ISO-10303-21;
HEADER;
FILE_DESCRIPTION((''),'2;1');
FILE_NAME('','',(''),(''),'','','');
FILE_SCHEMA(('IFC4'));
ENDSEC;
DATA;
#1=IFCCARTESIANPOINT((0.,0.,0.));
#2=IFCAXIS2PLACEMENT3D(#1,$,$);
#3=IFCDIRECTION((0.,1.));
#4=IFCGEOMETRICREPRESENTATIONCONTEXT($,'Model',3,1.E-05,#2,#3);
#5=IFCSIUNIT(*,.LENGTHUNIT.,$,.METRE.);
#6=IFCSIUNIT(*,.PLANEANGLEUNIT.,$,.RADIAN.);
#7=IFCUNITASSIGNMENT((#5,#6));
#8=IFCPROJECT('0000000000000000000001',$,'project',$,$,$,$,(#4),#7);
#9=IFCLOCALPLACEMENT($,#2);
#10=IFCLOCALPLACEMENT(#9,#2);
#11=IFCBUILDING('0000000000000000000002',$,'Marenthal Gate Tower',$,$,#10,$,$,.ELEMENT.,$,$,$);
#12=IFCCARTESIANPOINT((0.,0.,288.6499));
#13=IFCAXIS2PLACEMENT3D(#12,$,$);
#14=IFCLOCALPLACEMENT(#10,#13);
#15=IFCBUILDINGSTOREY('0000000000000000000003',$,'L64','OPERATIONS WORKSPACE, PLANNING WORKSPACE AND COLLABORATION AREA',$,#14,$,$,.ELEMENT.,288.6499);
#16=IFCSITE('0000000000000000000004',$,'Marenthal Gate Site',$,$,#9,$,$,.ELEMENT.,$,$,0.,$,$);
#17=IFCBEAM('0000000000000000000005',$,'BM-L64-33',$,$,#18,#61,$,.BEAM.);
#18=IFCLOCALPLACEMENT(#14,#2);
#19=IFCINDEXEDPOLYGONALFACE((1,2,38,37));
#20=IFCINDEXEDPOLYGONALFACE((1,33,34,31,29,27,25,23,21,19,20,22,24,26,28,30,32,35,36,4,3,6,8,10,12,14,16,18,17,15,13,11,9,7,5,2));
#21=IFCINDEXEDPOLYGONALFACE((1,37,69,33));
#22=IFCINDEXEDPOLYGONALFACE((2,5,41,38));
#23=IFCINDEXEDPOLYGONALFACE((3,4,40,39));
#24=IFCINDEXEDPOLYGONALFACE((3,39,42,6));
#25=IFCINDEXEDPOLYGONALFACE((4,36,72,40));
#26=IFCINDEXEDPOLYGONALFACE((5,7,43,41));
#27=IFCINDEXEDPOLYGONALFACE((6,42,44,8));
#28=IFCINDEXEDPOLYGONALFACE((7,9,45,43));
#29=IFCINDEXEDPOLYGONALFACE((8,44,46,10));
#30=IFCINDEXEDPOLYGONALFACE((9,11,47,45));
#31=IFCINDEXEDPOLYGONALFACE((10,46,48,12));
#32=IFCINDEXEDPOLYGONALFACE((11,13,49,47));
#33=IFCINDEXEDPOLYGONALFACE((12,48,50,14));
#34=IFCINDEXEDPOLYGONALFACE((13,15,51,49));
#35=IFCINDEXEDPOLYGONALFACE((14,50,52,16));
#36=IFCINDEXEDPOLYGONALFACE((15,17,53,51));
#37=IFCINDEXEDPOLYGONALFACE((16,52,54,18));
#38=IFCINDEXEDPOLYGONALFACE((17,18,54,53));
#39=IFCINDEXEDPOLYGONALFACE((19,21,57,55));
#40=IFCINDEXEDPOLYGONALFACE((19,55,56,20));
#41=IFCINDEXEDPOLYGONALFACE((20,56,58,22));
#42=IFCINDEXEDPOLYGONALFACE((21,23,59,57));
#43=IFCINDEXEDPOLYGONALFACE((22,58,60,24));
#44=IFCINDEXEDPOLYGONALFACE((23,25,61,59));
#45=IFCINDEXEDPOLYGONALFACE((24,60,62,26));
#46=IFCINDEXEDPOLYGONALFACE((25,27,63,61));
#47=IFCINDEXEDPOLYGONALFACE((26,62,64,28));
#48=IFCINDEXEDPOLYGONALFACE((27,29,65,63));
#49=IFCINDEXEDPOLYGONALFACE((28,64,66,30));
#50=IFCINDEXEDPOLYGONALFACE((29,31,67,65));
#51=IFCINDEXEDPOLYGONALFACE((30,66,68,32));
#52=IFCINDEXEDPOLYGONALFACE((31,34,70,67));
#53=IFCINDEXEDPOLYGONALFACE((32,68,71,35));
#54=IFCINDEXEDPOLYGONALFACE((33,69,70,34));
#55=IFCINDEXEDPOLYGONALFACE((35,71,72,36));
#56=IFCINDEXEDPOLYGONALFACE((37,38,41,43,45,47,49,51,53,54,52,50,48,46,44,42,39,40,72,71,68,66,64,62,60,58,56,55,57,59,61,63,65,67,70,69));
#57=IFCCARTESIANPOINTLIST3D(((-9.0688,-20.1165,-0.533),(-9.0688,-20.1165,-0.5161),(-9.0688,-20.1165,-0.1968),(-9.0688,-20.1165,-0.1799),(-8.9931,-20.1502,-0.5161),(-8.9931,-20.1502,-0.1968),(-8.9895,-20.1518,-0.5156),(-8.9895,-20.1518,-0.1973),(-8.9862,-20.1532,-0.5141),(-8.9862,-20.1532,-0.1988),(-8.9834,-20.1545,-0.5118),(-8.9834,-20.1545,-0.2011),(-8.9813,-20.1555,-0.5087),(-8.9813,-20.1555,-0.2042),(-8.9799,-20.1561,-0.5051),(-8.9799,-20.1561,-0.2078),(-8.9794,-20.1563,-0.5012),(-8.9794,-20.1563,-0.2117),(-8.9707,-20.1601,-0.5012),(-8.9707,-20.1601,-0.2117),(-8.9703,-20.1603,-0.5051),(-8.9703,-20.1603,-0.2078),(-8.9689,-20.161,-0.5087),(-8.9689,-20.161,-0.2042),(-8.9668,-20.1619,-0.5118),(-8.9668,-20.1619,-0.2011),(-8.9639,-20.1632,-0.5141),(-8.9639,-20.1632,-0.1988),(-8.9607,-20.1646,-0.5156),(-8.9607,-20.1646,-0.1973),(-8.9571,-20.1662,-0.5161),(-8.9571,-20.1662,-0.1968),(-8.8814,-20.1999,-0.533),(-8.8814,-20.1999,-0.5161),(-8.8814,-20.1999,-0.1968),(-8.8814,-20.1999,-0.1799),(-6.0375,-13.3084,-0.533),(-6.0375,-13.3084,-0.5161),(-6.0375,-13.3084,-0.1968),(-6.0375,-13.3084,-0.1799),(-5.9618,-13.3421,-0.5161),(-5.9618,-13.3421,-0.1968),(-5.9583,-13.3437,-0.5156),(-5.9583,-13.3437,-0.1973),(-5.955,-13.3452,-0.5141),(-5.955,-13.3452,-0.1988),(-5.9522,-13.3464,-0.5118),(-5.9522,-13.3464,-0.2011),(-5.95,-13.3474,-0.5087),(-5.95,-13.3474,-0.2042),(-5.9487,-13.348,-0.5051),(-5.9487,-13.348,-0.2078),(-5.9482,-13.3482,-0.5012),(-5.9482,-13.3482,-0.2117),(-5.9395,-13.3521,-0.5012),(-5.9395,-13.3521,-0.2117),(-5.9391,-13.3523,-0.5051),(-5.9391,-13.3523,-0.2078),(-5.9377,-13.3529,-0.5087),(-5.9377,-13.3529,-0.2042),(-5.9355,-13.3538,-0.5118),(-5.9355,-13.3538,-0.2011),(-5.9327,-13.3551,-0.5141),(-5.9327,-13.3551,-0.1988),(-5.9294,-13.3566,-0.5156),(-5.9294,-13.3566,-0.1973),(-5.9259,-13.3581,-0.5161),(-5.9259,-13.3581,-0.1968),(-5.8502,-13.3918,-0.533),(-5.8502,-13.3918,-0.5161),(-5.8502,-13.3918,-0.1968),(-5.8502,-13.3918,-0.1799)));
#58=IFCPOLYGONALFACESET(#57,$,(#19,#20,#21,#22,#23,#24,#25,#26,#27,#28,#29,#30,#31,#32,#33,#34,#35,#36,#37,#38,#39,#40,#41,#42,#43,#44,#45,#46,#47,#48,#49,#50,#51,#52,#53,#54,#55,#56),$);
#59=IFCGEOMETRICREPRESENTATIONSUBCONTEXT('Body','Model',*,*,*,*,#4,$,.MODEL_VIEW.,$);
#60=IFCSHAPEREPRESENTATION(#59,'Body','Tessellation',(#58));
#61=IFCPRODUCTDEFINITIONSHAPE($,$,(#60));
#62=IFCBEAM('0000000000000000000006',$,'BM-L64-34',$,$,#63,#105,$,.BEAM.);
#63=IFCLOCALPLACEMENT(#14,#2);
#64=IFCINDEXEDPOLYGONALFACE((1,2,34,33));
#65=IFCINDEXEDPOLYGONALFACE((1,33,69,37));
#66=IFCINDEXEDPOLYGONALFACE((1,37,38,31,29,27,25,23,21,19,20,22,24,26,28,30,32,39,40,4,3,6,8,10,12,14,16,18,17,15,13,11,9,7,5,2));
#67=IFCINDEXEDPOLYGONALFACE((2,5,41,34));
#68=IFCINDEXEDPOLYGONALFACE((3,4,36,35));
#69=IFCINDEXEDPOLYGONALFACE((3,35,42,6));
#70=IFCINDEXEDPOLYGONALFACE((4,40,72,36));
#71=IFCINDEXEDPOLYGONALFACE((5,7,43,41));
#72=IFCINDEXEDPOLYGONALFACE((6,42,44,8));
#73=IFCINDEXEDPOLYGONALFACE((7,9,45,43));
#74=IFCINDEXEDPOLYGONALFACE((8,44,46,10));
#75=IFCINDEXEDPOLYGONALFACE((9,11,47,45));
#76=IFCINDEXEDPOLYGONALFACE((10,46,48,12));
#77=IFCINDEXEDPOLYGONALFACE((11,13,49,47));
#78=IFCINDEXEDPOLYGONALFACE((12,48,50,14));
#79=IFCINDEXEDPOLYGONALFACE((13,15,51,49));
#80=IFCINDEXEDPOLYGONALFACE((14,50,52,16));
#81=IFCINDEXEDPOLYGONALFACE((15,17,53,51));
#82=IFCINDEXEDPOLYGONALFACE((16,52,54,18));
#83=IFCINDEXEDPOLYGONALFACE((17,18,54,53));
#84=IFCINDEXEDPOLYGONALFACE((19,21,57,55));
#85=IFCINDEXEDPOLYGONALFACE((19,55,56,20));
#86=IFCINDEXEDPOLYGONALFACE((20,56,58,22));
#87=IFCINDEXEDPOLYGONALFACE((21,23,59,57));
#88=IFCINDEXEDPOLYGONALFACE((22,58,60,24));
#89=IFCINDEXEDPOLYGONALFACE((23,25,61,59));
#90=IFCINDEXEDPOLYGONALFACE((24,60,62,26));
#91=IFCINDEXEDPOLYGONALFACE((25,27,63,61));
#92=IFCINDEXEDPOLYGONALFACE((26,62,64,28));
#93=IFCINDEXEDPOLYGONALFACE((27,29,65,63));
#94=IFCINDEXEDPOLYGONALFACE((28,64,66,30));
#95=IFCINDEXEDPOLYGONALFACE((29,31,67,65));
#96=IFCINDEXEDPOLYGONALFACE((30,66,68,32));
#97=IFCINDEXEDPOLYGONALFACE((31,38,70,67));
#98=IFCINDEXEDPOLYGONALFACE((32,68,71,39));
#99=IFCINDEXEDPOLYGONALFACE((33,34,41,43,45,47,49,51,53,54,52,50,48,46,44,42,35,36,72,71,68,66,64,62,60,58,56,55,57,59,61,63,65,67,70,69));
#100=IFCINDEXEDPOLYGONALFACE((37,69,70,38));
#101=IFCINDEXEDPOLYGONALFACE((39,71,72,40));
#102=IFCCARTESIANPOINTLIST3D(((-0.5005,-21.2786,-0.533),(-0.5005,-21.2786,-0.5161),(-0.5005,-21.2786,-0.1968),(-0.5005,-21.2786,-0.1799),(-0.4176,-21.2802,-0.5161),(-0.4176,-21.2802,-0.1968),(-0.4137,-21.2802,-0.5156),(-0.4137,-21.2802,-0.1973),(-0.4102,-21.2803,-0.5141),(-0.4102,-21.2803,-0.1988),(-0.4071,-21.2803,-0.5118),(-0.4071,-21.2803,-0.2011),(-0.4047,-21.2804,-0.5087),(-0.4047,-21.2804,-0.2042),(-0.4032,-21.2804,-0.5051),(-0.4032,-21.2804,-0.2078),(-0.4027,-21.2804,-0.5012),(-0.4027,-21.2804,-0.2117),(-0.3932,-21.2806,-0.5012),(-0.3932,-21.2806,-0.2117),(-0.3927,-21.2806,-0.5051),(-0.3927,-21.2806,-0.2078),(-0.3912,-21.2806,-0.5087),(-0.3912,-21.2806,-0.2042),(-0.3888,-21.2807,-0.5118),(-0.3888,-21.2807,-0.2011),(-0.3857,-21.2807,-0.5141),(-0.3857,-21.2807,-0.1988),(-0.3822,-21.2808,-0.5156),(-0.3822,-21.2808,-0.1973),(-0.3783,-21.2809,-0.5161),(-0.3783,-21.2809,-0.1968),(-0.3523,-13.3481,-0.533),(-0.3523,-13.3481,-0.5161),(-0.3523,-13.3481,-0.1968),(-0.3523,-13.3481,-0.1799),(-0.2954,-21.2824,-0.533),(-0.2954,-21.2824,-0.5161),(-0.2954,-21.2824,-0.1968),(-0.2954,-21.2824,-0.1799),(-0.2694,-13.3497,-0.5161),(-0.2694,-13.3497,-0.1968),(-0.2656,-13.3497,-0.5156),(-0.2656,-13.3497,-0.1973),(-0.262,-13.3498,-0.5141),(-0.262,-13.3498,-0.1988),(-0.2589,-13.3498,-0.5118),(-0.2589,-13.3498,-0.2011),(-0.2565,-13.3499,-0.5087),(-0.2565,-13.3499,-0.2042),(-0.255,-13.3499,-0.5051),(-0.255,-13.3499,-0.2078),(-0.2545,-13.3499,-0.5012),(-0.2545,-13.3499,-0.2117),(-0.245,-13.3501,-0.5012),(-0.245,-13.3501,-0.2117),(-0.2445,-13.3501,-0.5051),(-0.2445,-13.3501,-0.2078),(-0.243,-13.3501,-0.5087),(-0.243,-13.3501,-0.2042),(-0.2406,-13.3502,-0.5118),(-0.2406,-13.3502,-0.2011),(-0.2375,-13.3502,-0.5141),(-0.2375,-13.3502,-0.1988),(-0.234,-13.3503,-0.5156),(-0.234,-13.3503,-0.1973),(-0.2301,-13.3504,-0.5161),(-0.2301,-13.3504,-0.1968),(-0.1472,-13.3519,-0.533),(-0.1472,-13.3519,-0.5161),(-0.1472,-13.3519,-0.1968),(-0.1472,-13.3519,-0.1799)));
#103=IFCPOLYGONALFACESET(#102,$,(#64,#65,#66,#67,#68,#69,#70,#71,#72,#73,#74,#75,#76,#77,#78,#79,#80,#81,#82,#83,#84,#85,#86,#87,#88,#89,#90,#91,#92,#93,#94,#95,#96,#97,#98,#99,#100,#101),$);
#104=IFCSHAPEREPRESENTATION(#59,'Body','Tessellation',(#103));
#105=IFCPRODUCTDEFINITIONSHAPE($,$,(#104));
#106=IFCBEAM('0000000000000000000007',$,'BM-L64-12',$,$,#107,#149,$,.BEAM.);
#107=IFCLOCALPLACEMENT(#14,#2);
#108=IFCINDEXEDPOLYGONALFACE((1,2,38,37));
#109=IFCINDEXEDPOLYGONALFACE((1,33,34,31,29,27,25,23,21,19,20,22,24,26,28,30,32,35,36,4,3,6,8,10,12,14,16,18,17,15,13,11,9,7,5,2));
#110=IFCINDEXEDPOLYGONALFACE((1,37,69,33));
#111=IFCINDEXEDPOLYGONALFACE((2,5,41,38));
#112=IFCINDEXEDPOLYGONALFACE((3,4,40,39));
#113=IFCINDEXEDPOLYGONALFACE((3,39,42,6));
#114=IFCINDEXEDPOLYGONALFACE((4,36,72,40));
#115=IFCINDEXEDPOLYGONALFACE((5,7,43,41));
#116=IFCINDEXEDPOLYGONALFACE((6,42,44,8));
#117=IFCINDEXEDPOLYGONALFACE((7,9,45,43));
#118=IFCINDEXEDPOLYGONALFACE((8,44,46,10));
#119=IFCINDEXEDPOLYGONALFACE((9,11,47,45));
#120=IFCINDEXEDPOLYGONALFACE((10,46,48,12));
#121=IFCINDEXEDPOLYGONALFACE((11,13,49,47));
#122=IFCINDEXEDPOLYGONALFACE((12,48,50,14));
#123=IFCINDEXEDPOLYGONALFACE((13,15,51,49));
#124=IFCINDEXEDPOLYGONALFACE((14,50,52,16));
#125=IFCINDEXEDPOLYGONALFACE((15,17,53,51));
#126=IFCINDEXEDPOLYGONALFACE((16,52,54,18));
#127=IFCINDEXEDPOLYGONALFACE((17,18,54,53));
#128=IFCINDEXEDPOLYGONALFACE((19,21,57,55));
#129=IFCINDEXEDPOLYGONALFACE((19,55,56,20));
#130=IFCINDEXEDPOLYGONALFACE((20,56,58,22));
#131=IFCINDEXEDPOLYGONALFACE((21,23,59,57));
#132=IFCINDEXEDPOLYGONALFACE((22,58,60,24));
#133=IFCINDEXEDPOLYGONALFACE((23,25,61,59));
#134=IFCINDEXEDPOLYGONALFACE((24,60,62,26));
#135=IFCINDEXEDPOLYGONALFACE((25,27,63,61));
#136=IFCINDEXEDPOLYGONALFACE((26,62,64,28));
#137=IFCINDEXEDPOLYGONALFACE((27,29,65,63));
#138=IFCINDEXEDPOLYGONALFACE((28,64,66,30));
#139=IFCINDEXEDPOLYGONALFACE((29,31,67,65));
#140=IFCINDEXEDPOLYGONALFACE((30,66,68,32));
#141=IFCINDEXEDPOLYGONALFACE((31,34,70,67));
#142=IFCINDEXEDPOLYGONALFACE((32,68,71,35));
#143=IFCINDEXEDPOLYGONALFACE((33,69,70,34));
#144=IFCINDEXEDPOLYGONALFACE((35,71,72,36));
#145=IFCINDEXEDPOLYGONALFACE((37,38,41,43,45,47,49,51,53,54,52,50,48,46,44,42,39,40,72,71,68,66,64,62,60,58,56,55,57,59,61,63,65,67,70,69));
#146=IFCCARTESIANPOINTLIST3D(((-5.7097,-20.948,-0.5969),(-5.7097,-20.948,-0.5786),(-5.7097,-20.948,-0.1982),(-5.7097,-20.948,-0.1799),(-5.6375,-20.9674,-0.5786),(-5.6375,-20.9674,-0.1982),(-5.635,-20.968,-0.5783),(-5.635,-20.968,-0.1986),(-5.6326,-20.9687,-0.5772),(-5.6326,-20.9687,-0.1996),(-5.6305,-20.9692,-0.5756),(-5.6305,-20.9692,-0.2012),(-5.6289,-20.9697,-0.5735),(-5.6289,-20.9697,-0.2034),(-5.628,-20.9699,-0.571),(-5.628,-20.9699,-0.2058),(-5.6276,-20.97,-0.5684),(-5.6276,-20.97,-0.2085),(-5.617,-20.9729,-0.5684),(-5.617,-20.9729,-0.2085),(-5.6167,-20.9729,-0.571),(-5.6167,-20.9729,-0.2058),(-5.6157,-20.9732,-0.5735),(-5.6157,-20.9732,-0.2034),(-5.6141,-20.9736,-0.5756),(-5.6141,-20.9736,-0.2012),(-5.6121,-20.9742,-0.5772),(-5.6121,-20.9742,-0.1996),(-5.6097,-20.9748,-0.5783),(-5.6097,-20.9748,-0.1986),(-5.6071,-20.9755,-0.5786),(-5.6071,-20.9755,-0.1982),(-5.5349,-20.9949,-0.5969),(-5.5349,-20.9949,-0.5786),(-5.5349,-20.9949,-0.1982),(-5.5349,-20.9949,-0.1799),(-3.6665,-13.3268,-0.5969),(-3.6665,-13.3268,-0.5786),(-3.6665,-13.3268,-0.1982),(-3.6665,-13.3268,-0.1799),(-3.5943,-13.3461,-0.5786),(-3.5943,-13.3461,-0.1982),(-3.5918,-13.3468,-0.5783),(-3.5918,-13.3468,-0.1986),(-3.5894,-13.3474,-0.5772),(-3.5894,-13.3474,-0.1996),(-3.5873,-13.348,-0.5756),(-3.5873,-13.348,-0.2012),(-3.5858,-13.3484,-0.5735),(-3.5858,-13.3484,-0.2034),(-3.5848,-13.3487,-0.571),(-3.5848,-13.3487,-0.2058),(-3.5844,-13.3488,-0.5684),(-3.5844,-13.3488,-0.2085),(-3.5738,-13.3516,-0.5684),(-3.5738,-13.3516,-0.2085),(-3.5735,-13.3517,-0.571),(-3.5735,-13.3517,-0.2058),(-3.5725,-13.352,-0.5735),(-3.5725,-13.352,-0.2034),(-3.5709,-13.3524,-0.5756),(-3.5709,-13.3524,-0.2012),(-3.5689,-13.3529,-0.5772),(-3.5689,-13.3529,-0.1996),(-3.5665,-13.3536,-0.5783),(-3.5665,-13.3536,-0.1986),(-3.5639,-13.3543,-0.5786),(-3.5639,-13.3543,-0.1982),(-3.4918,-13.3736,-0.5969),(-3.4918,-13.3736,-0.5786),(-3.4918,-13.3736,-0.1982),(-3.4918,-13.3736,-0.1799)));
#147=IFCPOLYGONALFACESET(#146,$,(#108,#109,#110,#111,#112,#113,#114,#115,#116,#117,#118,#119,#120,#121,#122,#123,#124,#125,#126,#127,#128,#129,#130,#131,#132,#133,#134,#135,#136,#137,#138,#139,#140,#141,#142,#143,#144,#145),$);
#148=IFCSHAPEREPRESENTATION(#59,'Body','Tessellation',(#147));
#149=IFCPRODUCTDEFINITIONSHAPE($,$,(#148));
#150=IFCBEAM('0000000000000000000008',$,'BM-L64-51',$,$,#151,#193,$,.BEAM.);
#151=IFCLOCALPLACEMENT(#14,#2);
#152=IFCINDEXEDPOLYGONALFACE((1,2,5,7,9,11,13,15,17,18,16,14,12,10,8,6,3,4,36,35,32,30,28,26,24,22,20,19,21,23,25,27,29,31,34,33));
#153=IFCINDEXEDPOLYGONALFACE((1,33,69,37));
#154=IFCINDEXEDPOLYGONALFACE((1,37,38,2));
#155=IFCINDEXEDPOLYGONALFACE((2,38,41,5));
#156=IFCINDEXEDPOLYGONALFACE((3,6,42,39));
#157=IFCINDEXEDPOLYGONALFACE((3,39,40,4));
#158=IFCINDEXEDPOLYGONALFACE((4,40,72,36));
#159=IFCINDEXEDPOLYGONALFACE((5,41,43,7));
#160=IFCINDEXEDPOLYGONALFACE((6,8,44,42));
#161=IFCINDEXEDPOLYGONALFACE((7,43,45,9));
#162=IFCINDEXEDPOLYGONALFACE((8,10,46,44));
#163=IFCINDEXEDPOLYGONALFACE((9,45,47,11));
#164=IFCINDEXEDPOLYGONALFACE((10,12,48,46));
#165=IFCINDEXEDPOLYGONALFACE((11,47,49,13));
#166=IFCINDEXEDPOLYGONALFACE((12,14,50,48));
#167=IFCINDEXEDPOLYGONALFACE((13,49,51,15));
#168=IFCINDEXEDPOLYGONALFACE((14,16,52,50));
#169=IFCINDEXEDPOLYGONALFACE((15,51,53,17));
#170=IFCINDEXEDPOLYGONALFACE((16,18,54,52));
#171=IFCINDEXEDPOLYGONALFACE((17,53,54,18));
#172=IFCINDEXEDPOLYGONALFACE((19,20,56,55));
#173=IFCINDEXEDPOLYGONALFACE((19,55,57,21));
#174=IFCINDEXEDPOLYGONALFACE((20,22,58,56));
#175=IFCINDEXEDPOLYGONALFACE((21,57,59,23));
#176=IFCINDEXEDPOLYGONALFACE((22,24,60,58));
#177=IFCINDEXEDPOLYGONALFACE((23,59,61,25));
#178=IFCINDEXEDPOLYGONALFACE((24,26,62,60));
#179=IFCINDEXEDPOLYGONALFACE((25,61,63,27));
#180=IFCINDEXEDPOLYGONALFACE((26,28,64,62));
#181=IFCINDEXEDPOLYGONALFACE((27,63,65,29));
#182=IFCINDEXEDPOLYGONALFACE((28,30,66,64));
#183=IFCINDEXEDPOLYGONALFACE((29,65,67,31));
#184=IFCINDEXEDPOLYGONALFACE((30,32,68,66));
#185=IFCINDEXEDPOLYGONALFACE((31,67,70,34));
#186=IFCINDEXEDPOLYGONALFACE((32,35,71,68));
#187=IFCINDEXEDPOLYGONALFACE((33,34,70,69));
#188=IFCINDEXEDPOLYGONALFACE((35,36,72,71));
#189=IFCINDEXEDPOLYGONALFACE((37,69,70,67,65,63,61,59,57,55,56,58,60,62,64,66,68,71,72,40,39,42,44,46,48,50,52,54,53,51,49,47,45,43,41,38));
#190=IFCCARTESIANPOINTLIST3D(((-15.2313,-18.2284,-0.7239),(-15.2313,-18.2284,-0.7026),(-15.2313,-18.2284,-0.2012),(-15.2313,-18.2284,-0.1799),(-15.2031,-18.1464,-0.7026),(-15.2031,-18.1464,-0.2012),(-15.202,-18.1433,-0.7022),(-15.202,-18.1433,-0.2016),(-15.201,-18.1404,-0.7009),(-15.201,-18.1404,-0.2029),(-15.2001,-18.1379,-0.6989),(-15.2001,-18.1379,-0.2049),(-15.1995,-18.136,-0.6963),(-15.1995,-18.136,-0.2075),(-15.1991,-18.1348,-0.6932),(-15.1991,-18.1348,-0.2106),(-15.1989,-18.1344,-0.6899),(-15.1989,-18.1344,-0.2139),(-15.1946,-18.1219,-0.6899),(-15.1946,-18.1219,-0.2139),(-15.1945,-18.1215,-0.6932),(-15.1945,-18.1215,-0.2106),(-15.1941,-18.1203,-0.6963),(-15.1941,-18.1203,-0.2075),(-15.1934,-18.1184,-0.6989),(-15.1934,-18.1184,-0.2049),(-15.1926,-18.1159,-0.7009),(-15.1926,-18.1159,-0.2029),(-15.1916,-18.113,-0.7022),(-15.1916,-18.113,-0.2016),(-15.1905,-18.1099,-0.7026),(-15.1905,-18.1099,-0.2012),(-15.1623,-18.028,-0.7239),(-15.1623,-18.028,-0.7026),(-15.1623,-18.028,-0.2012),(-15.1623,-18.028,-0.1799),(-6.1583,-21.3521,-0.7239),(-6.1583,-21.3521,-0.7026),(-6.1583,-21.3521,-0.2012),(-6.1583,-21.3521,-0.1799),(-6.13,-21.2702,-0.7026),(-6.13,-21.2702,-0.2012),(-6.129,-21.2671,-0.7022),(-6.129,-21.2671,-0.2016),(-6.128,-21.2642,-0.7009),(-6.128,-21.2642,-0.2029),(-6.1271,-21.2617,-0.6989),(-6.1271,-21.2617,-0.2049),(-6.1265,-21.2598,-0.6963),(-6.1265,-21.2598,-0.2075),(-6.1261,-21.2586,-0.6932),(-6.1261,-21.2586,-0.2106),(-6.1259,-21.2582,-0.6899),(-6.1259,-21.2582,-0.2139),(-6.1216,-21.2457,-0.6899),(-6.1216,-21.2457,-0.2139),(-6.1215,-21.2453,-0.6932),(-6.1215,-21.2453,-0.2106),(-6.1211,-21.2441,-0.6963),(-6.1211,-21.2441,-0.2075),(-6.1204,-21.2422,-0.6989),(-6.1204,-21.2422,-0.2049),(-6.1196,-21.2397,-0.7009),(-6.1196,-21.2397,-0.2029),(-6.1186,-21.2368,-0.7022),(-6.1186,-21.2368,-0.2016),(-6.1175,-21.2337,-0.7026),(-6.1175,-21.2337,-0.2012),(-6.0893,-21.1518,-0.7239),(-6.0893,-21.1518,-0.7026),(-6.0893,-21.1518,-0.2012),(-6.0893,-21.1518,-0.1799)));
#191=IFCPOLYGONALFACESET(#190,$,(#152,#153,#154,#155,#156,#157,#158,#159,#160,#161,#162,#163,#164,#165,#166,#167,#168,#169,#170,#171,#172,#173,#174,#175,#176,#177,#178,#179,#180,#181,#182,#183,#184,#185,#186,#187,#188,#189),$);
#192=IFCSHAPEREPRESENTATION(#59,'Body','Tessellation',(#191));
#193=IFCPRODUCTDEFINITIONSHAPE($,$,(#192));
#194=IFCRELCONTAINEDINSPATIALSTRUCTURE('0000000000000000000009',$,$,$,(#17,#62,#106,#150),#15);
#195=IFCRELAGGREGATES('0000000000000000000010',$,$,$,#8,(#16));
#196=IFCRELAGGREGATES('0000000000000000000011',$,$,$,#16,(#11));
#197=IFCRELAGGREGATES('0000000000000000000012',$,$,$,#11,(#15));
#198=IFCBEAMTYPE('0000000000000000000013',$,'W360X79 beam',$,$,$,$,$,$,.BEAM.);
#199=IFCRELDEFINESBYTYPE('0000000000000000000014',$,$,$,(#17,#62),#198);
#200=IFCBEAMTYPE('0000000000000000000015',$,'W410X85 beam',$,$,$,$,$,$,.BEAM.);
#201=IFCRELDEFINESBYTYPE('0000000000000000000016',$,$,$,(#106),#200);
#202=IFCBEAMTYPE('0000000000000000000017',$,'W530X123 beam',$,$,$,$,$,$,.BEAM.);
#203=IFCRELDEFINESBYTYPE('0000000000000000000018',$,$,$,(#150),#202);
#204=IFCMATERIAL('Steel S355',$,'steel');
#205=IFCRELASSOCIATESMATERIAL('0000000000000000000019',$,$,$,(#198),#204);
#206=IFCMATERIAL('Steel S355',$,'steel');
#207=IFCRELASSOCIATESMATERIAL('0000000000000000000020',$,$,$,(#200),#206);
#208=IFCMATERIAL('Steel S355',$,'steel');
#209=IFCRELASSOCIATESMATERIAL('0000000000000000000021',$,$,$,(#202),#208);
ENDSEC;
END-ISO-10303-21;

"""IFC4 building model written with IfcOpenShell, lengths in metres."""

from ifc_helpers import new_model, si_unit, direction, frame, origin, origin_2d, place, context, subcontext, project, spatial, i_section, extrude, material, material_profile, profile_set, type_object, element, save


model = new_model("IFC4")

# Units and contexts
model_context = context("Model", 3, precision=1e-05, world=origin(), true_north=direction((0.0, 1.0)))
body_context = subcontext(model_context, "Body", "Model", "MODEL_VIEW")
ifc_project = project(units=[si_unit("LENGTHUNIT", "METRE"), si_unit("PLANEANGLEUNIT", "RADIAN")], contexts=[model_context])

# Site, building, storey
site_placement = place(None, origin())
site = spatial("IfcSite", under=ifc_project, at=site_placement, Name="Marenthal Gate Site", CompositionType="ELEMENT", RefElevation=0.0)
building_placement = place(site_placement, origin())
building = spatial("IfcBuilding", under=site, at=building_placement, Name="Marenthal Gate Tower", CompositionType="ELEMENT")
storey_placement = place(building_placement, frame((0.0, 0.0, 288.6499)))
storey = spatial("IfcBuildingStorey", under=building, at=storey_placement, Name="L64", Description="OPERATIONS WORKSPACE, PLANNING WORKSPACE AND COLLABORATION AREA", CompositionType="ELEMENT", Elevation=288.6499)

# Beams
ifc_material_1 = material(Name="Steel S355", Category="steel")
ifc_material_profile_1 = material_profile(ifc_material_1, i_section(OverallWidth=0.2051, OverallDepth=0.353, WebThickness=0.0095, FlangeThickness=0.0168, FilletRadius=0.0149, at=origin_2d()), Name="W360X79")
ifc_profile_set_1 = profile_set([ifc_material_profile_1], Name="Steel S355")
beam_type_1 = type_object("IfcBeamType", Name="W360X79 beam", PredefinedType="BEAM", material=ifc_profile_set_1)
beam_1_placement = place(storey_placement, frame((-8.9751, -20.1582, -0.3564), z_axis=(0.406746, 0.913541, 0.0), x_axis=(-0.913541, 0.406746, 0.0)))
element("IfcBeam", 1, at=beam_1_placement, inside=storey, type_object=beam_type_1, Name="BM-L64-33", PredefinedType="BEAM", context=body_context, shape_type="SweptSolid", body=[
    extrude(i_section(OverallWidth=0.2051, OverallDepth=0.353, WebThickness=0.0095, FlangeThickness=0.0168, FilletRadius=0.0149, at=origin_2d()), origin(), (0.0, 0.0, 1.0), 7.4524),
])
beam_2_placement = place(storey_placement, frame((-0.3979, -21.2805, -0.3564), z_axis=(0.018683, 0.999825, 0.0), x_axis=(-0.999825, 0.018683, 0.0)))
element("IfcBeam", 2, at=beam_2_placement, inside=storey, type_object=beam_type_1, Name="BM-L64-34", PredefinedType="BEAM", context=body_context, shape_type="SweptSolid", body=[
    extrude(i_section(OverallWidth=0.2051, OverallDepth=0.353, WebThickness=0.0095, FlangeThickness=0.0168, FilletRadius=0.0149, at=origin_2d()), origin(), (0.0, 0.0, 1.0), 7.9319),
])
ifc_material_2 = material(Name="Steel S355", Category="steel")
ifc_material_profile_2 = material_profile(ifc_material_2, i_section(OverallWidth=0.1809, OverallDepth=0.417, WebThickness=0.011, FlangeThickness=0.0183, FilletRadius=0.0103, at=origin_2d()), Name="W410X85")
ifc_profile_set_2 = profile_set([ifc_material_profile_2], Name="Steel S355")
beam_type_2 = type_object("IfcBeamType", Name="W410X85 beam", PredefinedType="BEAM", material=ifc_profile_set_2)
beam_3_placement = place(storey_placement, frame((-5.6223, -20.9714, -0.3884), z_axis=(0.258947, 0.965892, 0.0), x_axis=(-0.965892, 0.258947, 0.0)))
element("IfcBeam", 3, at=beam_3_placement, inside=storey, type_object=beam_type_2, Name="BM-L64-12", PredefinedType="BEAM", context=body_context, shape_type="SweptSolid", body=[
    extrude(i_section(OverallWidth=0.1809, OverallDepth=0.417, WebThickness=0.011, FlangeThickness=0.0183, FilletRadius=0.0103, at=origin_2d()), origin(), (0.0, 0.0, 1.0), 7.8904),
])
ifc_material_3 = material(Name="Steel S355", Category="steel")
ifc_material_profile_3 = material_profile(ifc_material_3, i_section(OverallWidth=0.2119, OverallDepth=0.5439, WebThickness=0.0132, FlangeThickness=0.0212, FilletRadius=0.0127, at=origin_2d()), Name="W530X123")
ifc_profile_set_3 = profile_set([ifc_material_profile_3], Name="Steel S355")
beam_type_3 = type_object("IfcBeamType", Name="W530X123 beam", PredefinedType="BEAM", material=ifc_profile_set_3)
beam_4_placement = place(storey_placement, frame((-15.1968, -18.1282, -0.4519), z_axis=(0.945528, -0.32554, 0.0), x_axis=(0.32554, 0.945528, 0.0)))
element("IfcBeam", 4, at=beam_4_placement, inside=storey, type_object=beam_type_3, Name="BM-L64-51", PredefinedType="BEAM", context=body_context, shape_type="SweptSolid", body=[
    extrude(i_section(OverallWidth=0.2119, OverallDepth=0.5439, WebThickness=0.0132, FlangeThickness=0.0212, FilletRadius=0.0127, at=origin_2d()), origin(), (0.0, 0.0, 1.0), 9.5957),
])

save(model, "model.ifc")
